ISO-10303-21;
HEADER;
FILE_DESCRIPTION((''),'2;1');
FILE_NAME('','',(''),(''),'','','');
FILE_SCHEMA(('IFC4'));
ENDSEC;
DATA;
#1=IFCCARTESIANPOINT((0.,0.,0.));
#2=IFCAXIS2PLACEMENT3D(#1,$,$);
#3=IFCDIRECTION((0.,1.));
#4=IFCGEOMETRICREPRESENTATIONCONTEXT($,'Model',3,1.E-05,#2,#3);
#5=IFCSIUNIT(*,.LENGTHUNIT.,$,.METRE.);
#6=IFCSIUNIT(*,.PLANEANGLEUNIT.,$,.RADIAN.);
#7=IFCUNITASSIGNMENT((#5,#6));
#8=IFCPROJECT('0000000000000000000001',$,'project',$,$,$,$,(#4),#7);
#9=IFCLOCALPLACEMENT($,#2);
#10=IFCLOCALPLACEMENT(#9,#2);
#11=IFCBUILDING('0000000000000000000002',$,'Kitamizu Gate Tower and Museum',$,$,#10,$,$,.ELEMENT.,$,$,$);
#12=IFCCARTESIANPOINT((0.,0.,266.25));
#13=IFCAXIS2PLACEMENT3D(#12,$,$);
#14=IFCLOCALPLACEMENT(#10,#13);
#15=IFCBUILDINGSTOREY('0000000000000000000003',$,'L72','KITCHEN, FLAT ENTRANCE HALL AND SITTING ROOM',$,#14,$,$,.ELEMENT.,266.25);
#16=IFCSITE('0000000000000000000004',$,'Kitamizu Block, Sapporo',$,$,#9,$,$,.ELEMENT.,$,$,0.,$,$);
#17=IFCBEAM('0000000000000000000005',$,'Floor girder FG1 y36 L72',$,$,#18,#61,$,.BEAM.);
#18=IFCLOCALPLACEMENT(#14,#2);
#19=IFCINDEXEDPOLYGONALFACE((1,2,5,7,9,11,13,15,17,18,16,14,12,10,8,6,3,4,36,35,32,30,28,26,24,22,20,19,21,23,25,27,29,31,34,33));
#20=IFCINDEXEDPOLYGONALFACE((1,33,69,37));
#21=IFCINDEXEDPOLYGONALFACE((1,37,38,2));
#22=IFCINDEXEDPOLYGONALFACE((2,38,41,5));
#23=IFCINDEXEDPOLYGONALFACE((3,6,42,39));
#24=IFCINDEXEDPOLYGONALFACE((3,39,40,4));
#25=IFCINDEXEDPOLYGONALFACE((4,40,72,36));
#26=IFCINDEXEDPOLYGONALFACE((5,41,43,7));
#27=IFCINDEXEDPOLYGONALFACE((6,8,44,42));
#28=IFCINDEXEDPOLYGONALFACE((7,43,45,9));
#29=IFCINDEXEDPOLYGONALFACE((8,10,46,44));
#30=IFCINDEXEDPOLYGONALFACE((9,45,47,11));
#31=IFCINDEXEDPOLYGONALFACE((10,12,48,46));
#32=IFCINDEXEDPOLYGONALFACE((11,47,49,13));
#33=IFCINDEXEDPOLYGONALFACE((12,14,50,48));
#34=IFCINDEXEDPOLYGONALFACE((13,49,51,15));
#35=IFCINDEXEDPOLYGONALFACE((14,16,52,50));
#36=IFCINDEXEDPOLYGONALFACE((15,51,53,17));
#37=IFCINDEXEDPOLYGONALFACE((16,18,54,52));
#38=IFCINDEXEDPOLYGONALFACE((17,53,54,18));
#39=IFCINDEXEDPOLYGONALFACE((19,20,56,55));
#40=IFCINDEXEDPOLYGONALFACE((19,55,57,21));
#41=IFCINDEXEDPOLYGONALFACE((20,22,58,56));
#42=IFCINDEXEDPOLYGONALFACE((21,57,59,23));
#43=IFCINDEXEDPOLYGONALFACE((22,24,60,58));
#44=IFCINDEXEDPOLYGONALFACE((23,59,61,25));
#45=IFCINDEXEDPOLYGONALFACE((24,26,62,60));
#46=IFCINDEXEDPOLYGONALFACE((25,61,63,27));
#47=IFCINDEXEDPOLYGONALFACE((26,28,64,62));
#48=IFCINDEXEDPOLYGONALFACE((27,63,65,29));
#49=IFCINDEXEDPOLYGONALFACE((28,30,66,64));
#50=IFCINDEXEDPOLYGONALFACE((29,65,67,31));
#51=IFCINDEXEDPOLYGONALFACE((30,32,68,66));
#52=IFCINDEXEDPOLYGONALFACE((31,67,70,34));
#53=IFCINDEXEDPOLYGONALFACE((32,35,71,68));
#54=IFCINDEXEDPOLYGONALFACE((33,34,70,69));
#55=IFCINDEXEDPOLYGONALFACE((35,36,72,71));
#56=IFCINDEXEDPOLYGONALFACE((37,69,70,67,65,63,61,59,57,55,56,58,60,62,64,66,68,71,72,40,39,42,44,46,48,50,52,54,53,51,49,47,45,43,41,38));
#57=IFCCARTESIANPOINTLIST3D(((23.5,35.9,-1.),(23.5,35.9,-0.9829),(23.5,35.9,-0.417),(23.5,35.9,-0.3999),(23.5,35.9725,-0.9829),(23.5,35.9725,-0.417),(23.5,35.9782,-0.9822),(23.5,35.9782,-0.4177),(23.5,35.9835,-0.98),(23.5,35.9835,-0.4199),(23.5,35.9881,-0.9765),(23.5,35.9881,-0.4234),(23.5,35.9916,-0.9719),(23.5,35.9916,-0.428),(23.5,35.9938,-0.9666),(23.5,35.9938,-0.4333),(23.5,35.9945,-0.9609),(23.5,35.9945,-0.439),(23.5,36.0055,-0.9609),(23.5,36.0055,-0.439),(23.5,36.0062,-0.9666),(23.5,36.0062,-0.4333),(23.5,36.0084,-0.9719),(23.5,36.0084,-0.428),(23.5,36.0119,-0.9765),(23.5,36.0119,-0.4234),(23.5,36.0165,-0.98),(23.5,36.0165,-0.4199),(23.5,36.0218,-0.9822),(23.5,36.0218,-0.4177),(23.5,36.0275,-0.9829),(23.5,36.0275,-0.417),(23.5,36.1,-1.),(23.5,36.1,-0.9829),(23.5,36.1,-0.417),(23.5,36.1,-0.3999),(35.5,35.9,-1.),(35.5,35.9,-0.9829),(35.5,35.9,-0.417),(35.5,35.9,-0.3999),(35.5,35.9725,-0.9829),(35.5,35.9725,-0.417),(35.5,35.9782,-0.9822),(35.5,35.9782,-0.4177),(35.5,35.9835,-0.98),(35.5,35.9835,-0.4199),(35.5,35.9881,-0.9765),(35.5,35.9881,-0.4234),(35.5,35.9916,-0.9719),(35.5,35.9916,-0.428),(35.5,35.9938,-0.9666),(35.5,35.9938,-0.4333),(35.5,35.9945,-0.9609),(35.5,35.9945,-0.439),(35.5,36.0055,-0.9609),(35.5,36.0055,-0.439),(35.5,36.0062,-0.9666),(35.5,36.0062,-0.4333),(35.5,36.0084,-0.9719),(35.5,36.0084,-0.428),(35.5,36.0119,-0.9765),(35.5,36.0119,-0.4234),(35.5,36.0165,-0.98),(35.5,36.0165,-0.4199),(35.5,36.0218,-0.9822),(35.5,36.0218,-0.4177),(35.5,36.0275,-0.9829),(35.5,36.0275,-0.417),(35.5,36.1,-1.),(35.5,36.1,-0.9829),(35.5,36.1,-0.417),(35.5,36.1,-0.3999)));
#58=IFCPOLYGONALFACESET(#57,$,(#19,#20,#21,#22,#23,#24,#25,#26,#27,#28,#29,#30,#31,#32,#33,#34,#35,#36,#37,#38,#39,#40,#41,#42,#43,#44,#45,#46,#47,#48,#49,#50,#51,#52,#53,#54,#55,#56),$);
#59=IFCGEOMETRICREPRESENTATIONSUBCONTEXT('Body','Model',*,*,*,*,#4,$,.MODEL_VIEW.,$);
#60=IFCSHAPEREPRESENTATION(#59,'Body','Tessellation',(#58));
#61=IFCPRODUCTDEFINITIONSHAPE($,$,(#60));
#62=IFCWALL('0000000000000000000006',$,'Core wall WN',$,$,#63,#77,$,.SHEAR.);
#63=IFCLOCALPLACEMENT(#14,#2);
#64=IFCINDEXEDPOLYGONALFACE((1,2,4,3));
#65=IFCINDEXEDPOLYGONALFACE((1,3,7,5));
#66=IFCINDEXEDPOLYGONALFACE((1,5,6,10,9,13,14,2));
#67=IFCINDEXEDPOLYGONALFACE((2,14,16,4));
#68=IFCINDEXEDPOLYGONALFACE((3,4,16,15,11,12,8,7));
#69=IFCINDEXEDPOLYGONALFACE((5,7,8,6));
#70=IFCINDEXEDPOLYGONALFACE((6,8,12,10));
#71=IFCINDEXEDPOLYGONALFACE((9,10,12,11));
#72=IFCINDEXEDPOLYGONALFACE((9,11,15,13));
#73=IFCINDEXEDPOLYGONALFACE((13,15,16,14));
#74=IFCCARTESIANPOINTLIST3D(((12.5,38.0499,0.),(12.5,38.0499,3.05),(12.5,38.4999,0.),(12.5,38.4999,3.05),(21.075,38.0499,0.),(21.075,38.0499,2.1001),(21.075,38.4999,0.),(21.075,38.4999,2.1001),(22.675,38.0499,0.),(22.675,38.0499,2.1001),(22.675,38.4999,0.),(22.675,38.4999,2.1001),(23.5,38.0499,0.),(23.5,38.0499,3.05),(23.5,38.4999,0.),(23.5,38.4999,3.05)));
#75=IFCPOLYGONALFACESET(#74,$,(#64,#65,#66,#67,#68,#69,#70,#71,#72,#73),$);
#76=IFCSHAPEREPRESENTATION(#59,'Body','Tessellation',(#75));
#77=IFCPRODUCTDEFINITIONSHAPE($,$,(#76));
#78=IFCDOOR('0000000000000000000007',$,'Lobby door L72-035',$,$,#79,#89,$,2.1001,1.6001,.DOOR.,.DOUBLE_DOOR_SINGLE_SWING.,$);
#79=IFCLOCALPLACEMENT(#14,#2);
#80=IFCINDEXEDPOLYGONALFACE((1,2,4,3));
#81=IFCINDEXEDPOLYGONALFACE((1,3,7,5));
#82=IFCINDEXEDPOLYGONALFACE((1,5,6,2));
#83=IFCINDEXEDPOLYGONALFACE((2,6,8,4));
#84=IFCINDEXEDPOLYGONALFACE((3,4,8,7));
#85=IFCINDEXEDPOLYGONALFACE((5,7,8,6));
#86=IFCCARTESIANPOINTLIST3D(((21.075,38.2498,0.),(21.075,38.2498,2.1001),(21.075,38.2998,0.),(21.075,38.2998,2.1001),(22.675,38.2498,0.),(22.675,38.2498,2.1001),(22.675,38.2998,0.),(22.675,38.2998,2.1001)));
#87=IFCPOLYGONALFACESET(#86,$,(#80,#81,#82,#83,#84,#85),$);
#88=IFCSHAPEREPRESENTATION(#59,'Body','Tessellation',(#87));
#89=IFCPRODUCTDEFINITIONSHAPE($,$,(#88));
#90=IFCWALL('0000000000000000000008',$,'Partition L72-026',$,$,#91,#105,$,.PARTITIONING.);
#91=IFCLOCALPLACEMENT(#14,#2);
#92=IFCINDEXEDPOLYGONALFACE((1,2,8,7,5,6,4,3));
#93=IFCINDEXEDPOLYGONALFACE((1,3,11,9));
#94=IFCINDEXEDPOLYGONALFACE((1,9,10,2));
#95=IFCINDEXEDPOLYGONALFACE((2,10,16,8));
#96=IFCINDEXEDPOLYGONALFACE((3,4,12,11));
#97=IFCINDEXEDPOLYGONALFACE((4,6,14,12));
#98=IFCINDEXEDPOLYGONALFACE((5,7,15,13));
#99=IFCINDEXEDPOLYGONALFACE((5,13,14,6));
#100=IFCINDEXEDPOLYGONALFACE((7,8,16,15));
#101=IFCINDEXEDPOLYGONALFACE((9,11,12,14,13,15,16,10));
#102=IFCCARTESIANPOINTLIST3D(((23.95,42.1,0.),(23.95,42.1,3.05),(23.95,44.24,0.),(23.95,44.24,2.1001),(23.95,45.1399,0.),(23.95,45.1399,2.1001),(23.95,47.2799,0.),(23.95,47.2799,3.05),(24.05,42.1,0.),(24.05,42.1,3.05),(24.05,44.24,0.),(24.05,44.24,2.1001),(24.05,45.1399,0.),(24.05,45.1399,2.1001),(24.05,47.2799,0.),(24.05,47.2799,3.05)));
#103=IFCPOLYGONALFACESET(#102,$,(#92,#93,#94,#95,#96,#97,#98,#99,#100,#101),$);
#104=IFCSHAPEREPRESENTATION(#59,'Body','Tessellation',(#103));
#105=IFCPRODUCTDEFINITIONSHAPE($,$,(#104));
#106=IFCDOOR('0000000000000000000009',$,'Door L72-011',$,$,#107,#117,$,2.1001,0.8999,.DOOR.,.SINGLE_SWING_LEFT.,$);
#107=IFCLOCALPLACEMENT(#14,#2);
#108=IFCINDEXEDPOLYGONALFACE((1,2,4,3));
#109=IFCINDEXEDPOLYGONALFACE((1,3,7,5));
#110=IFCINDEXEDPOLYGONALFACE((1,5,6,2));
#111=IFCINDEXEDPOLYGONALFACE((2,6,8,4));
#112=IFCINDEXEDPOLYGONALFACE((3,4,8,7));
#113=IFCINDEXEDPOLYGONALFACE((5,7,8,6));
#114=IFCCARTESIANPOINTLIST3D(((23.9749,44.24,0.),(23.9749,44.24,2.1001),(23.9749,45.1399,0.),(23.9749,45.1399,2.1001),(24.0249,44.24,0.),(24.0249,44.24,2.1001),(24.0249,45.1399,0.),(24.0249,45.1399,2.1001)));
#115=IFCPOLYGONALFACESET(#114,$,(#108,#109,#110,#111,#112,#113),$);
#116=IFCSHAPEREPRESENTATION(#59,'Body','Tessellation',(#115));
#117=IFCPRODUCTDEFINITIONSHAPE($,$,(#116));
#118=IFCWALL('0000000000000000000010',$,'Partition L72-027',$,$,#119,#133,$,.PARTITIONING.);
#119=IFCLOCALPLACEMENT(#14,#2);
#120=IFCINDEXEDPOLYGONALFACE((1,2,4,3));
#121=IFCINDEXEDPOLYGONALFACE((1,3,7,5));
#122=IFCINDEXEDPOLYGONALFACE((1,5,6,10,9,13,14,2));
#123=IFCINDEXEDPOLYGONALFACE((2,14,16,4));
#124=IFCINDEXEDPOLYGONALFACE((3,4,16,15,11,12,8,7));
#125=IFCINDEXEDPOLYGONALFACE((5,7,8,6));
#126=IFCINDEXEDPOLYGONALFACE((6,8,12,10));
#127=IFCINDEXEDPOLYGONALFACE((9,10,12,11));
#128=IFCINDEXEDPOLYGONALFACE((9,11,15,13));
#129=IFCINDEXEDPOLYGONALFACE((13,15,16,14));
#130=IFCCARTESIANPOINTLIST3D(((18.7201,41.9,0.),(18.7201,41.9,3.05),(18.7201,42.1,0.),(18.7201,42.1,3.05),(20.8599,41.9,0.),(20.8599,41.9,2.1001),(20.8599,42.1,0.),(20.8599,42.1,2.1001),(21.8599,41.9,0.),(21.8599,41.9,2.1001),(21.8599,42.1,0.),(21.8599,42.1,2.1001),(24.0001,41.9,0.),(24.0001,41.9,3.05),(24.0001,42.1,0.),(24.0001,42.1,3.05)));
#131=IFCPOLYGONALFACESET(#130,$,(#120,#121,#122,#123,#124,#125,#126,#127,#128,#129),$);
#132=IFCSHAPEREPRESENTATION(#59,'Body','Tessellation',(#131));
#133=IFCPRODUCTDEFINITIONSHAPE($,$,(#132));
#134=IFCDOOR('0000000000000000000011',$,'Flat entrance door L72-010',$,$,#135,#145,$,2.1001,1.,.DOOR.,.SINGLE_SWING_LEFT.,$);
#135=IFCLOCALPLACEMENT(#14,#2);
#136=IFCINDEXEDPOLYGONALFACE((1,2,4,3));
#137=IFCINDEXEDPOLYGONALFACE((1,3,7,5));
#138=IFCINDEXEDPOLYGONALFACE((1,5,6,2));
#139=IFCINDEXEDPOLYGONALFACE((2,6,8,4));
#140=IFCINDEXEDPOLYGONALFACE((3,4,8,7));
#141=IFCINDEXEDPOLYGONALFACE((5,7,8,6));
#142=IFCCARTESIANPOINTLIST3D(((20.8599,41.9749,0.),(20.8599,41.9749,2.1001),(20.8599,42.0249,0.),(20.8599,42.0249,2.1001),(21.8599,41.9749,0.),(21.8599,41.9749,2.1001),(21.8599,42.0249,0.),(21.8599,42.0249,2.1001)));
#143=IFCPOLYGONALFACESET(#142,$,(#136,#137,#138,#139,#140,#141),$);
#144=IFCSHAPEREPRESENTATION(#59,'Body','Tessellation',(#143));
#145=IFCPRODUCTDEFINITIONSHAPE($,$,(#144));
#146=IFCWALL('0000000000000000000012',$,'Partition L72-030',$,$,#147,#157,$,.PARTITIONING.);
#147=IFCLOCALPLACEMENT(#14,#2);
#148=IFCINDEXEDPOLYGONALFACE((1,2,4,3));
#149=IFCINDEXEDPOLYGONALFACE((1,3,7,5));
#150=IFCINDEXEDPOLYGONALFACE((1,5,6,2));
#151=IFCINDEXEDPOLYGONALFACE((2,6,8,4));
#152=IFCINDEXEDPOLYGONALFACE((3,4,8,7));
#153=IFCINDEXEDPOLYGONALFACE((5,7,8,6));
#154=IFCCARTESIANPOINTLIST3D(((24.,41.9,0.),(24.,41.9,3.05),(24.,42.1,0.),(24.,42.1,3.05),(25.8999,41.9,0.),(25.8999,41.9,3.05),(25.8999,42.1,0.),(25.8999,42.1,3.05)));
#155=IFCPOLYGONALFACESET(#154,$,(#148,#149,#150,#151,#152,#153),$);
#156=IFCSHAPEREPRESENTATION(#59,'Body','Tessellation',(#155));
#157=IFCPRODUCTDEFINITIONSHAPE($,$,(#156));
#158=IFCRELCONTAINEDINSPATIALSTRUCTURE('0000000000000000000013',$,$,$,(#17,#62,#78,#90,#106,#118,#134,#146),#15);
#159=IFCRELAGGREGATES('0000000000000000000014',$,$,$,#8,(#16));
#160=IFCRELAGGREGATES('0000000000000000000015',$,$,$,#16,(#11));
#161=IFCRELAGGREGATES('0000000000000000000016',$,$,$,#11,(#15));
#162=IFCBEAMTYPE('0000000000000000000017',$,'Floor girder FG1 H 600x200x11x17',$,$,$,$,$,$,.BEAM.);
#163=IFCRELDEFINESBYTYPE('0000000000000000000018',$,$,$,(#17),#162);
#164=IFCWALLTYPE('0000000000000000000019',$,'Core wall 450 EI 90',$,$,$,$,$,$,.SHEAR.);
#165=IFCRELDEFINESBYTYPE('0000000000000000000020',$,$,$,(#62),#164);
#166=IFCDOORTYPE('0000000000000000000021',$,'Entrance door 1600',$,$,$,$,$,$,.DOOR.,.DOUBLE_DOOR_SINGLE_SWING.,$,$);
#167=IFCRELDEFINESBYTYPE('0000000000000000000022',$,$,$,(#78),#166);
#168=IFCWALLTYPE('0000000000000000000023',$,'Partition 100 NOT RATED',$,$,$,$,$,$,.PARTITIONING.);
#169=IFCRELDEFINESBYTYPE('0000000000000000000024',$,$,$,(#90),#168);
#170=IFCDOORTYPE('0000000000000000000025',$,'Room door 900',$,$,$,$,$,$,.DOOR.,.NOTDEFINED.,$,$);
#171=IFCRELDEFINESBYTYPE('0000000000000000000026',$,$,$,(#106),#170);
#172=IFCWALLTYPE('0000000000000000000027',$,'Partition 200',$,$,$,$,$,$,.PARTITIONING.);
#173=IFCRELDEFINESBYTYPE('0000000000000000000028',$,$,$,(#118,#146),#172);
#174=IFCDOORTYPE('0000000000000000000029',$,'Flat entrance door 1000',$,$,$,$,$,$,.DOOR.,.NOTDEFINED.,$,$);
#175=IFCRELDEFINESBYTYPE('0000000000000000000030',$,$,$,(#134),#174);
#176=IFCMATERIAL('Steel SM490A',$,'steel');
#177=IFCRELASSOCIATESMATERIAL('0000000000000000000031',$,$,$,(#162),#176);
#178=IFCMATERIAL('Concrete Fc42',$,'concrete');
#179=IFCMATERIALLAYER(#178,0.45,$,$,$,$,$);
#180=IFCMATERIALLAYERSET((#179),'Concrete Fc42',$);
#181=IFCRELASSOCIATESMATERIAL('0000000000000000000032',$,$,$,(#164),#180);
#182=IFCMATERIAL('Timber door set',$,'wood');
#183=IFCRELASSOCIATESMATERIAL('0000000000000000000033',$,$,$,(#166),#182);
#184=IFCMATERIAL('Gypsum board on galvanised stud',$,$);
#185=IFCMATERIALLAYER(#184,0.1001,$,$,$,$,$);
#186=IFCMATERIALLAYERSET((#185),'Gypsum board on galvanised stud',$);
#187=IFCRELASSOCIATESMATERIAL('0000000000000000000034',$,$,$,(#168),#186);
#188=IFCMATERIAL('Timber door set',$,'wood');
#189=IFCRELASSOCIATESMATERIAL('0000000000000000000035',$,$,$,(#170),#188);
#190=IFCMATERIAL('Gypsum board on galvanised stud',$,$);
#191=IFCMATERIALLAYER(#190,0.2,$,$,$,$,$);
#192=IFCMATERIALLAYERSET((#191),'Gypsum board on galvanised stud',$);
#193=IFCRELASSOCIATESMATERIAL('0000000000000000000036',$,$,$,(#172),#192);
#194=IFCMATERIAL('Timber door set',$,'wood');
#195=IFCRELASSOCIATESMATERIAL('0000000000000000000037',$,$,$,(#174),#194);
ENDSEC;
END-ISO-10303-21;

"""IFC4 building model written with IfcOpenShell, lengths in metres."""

from ifc_helpers import new_model, si_unit, direction, frame, frame_2d, origin, origin_2d, place, context, subcontext, project, spatial, rectangle, i_section, extrude, material, layer, layer_set, material_profile, profile_set, type_object, element, fill, save


model = new_model("IFC4")

# Units and contexts
model_context = context("Model", 3, precision=1e-05, world=origin(), true_north=direction((0.0, 1.0)))
body_context = subcontext(model_context, "Body", "Model", "MODEL_VIEW")
ifc_project = project(units=[si_unit("LENGTHUNIT", "METRE"), si_unit("PLANEANGLEUNIT", "RADIAN")], contexts=[model_context])

# Site, building, storey
site_placement = place(None, origin())
site = spatial("IfcSite", under=ifc_project, at=site_placement, Name="Kitamizu Block, Sapporo", CompositionType="ELEMENT", RefElevation=0.0)
building_placement = place(site_placement, origin())
building = spatial("IfcBuilding", under=site, at=building_placement, Name="Kitamizu Gate Tower and Museum", CompositionType="ELEMENT")
storey_placement = place(building_placement, frame((0.0, 0.0, 266.25)))
storey = spatial("IfcBuildingStorey", under=building, at=storey_placement, Name="L72", Description="KITCHEN, FLAT ENTRANCE HALL AND SITTING ROOM", CompositionType="ELEMENT", Elevation=266.25)

# Beam
ifc_material_1 = material(Name="Steel SM490A", Category="steel")
ifc_material_profile = material_profile(ifc_material_1, i_section(OverallWidth=0.2, OverallDepth=0.6001, WebThickness=0.011, FlangeThickness=0.0171, FilletRadius=0.022, at=origin_2d()), Name="H-600x200x11x17")
ifc_profile_set = profile_set([ifc_material_profile], Name="Steel SM490A")
beam_type = type_object("IfcBeamType", Name="Floor girder FG1 H 600x200x11x17", PredefinedType="BEAM", material=ifc_profile_set)
beam_placement = place(storey_placement, frame((23.5, 36.0, -0.7), z_axis=(1.0, 0.0, 0.0), x_axis=(0.0, 1.0, 0.0)))
element("IfcBeam", 1, at=beam_placement, inside=storey, type_object=beam_type, Name="Floor girder FG1 y36 L72", PredefinedType="BEAM", context=body_context, shape_type="SweptSolid", body=[
    extrude(i_section(OverallWidth=0.2, OverallDepth=0.6001, WebThickness=0.011, FlangeThickness=0.0171, FilletRadius=0.022, at=origin_2d()), origin(), (0.0, 0.0, 1.0), 12.0),
])

# Walls, openings, doors
ifc_material_2 = material(Name="Concrete Fc42", Category="concrete")
ifc_layer_1 = layer(ifc_material_2, 0.45)
ifc_layer_set_1 = layer_set([ifc_layer_1], Name="Concrete Fc42")
wall_type_1 = type_object("IfcWallType", Name="Core wall 450 EI 90", PredefinedType="SHEAR", material=ifc_layer_set_1)
wall_1_placement = place(storey_placement, frame((12.5, 38.2749, 0.0), z_axis=(0.0, 0.0, 1.0), x_axis=(1.0, 0.0, 0.0)))
wall_1 = element("IfcWall", 2, at=wall_1_placement, inside=storey, type_object=wall_type_1, Name="Core wall WN", PredefinedType="SHEAR", context=body_context, shape_type="SweptSolid", body=[
    extrude(rectangle(XDim=11.0, YDim=0.45, at=frame_2d((5.5, 0.0))), origin(), (0.0, 0.0, 1.0), 3.05),
])
opening_1_placement = place(wall_1_placement, frame((8.575, 0.0, 0.0)))
opening_1 = element("IfcOpeningElement", 3, at=opening_1_placement, cuts=wall_1, PredefinedType="OPENING", context=body_context, shape_type="SweptSolid", body=[
    extrude(rectangle(XDim=1.6001, YDim=2.1001, at=frame_2d((0.8, 1.05))), frame((0.0, 0.2349, 0.0), z_axis=(0.0, -1.0, 0.0), x_axis=(1.0, 0.0, 0.0)), (0.0, 0.0, 1.0), 0.47),
])
ifc_material_3 = material(Name="Timber door set", Category="wood")
door_type_1 = type_object("IfcDoorType", Name="Entrance door 1600", OperationType="DOUBLE_DOOR_SINGLE_SWING", PredefinedType="DOOR", material=ifc_material_3)
door_1_placement = place(opening_1_placement, origin())
door_1 = element("IfcDoor", 4, at=door_1_placement, inside=storey, type_object=door_type_1, Name="Lobby door L72-035", OperationType="DOUBLE_DOOR_SINGLE_SWING", OverallHeight=2.1001, OverallWidth=1.6001, PredefinedType="DOOR", context=body_context, shape_type="SweptSolid", body=[
    extrude(rectangle(XDim=1.6001, YDim=2.1001, at=frame_2d((0.8, 1.05))), frame((0.0, 0.0249, 0.0), z_axis=(0.0, -1.0, 0.0), x_axis=(1.0, 0.0, 0.0)), (0.0, 0.0, 1.0), 0.05),
])
fill(opening_1, door_1)
ifc_material_4 = material(Name="Gypsum board on galvanised stud")
ifc_layer_2 = layer(ifc_material_4, 0.1001)
ifc_layer_set_2 = layer_set([ifc_layer_2], Name="Gypsum board on galvanised stud")
wall_type_2 = type_object("IfcWallType", Name="Partition 100 NOT RATED", PredefinedType="PARTITIONING", material=ifc_layer_set_2)
wall_2_placement = place(storey_placement, frame((24.0, 42.1001, 0.0), z_axis=(0.0, 0.0, 1.0), x_axis=(0.0, 1.0, 0.0)))
wall_2 = element("IfcWall", 5, at=wall_2_placement, inside=storey, type_object=wall_type_2, Name="Partition L72-026", PredefinedType="PARTITIONING", context=body_context, shape_type="SweptSolid", body=[
    extrude(rectangle(XDim=5.1799, YDim=0.1001, at=frame_2d((2.5898, 0.0))), origin(), (0.0, 0.0, 1.0), 3.05),
])
opening_2_placement = place(wall_2_placement, frame((2.1399, 0.0, 0.0)))
opening_2 = element("IfcOpeningElement", 6, at=opening_2_placement, cuts=wall_2, PredefinedType="OPENING", context=body_context, shape_type="SweptSolid", body=[
    extrude(rectangle(XDim=0.8999, YDim=2.1001, at=frame_2d((0.45, 1.05))), frame((0.0, 0.0601, 0.0), z_axis=(0.0, -1.0, 0.0), x_axis=(1.0, 0.0, 0.0)), (0.0, 0.0, 1.0), 0.1201),
])
ifc_material_5 = material(Name="Timber door set", Category="wood")
door_type_2 = type_object("IfcDoorType", Name="Room door 900", OperationType="NOTDEFINED", PredefinedType="DOOR", material=ifc_material_5)
door_2_placement = place(opening_2_placement, frame((0.8999, 0.0, 0.0), x_axis=(-1.0, 0.0, 0.0)))
door_2 = element("IfcDoor", 7, at=door_2_placement, inside=storey, type_object=door_type_2, Name="Door L72-011", OperationType="SINGLE_SWING_LEFT", OverallHeight=2.1001, OverallWidth=0.8999, PredefinedType="DOOR", context=body_context, shape_type="SweptSolid", body=[
    extrude(rectangle(XDim=0.8999, YDim=2.1001, at=frame_2d((0.45, 1.05))), frame((0.0, 0.0249, 0.0), z_axis=(0.0, -1.0, 0.0), x_axis=(1.0, 0.0, 0.0)), (0.0, 0.0, 1.0), 0.05),
])
fill(opening_2, door_2)
ifc_material_6 = material(Name="Gypsum board on galvanised stud")
ifc_layer_3 = layer(ifc_material_6, 0.2)
ifc_layer_set_3 = layer_set([ifc_layer_3], Name="Gypsum board on galvanised stud")
wall_type_3 = type_object("IfcWallType", Name="Partition 200", PredefinedType="PARTITIONING", material=ifc_layer_set_3)
wall_3_placement = place(storey_placement, frame((18.72, 42.0, 0.0), z_axis=(0.0, 0.0, 1.0), x_axis=(1.0, 0.0, 0.0)))
wall_3 = element("IfcWall", 8, at=wall_3_placement, inside=storey, type_object=wall_type_3, Name="Partition L72-027", PredefinedType="PARTITIONING", context=body_context, shape_type="SweptSolid", body=[
    extrude(rectangle(XDim=5.28, YDim=0.2, at=frame_2d((2.6401, 0.0))), origin(), (0.0, 0.0, 1.0), 3.05),
])
opening_3_placement = place(wall_3_placement, frame((2.1399, 0.0, 0.0)))
opening_3 = element("IfcOpeningElement", 9, at=opening_3_placement, cuts=wall_3, PredefinedType="OPENING", context=body_context, shape_type="SweptSolid", body=[
    extrude(rectangle(XDim=1.0, YDim=2.1001, at=frame_2d((0.5, 1.05))), frame((0.0, 0.1099, 0.0), z_axis=(0.0, -1.0, 0.0), x_axis=(1.0, 0.0, 0.0)), (0.0, 0.0, 1.0), 0.22),
])
ifc_material_7 = material(Name="Timber door set", Category="wood")
door_type_3 = type_object("IfcDoorType", Name="Flat entrance door 1000", OperationType="NOTDEFINED", PredefinedType="DOOR", material=ifc_material_7)
door_3_placement = place(opening_3_placement, origin())
door_3 = element("IfcDoor", 10, at=door_3_placement, inside=storey, type_object=door_type_3, Name="Flat entrance door L72-010", OperationType="SINGLE_SWING_LEFT", OverallHeight=2.1001, OverallWidth=1.0, PredefinedType="DOOR", context=body_context, shape_type="SweptSolid", body=[
    extrude(rectangle(XDim=1.0, YDim=2.1001, at=frame_2d((0.5, 1.05))), frame((0.0, 0.0249, 0.0), z_axis=(0.0, -1.0, 0.0), x_axis=(1.0, 0.0, 0.0)), (0.0, 0.0, 1.0), 0.05),
])
fill(opening_3, door_3)

# Wall
wall_4_placement = place(storey_placement, frame((24.0, 42.0, 0.0), z_axis=(0.0, 0.0, 1.0), x_axis=(1.0, 0.0, 0.0)))
element("IfcWall", 11, at=wall_4_placement, inside=storey, type_object=wall_type_3, Name="Partition L72-030", PredefinedType="PARTITIONING", context=body_context, shape_type="SweptSolid", body=[
    extrude(rectangle(XDim=1.8999, YDim=0.2, at=frame_2d((0.95, 0.0))), origin(), (0.0, 0.0, 1.0), 3.05),
])

save(model, "model.ifc")
